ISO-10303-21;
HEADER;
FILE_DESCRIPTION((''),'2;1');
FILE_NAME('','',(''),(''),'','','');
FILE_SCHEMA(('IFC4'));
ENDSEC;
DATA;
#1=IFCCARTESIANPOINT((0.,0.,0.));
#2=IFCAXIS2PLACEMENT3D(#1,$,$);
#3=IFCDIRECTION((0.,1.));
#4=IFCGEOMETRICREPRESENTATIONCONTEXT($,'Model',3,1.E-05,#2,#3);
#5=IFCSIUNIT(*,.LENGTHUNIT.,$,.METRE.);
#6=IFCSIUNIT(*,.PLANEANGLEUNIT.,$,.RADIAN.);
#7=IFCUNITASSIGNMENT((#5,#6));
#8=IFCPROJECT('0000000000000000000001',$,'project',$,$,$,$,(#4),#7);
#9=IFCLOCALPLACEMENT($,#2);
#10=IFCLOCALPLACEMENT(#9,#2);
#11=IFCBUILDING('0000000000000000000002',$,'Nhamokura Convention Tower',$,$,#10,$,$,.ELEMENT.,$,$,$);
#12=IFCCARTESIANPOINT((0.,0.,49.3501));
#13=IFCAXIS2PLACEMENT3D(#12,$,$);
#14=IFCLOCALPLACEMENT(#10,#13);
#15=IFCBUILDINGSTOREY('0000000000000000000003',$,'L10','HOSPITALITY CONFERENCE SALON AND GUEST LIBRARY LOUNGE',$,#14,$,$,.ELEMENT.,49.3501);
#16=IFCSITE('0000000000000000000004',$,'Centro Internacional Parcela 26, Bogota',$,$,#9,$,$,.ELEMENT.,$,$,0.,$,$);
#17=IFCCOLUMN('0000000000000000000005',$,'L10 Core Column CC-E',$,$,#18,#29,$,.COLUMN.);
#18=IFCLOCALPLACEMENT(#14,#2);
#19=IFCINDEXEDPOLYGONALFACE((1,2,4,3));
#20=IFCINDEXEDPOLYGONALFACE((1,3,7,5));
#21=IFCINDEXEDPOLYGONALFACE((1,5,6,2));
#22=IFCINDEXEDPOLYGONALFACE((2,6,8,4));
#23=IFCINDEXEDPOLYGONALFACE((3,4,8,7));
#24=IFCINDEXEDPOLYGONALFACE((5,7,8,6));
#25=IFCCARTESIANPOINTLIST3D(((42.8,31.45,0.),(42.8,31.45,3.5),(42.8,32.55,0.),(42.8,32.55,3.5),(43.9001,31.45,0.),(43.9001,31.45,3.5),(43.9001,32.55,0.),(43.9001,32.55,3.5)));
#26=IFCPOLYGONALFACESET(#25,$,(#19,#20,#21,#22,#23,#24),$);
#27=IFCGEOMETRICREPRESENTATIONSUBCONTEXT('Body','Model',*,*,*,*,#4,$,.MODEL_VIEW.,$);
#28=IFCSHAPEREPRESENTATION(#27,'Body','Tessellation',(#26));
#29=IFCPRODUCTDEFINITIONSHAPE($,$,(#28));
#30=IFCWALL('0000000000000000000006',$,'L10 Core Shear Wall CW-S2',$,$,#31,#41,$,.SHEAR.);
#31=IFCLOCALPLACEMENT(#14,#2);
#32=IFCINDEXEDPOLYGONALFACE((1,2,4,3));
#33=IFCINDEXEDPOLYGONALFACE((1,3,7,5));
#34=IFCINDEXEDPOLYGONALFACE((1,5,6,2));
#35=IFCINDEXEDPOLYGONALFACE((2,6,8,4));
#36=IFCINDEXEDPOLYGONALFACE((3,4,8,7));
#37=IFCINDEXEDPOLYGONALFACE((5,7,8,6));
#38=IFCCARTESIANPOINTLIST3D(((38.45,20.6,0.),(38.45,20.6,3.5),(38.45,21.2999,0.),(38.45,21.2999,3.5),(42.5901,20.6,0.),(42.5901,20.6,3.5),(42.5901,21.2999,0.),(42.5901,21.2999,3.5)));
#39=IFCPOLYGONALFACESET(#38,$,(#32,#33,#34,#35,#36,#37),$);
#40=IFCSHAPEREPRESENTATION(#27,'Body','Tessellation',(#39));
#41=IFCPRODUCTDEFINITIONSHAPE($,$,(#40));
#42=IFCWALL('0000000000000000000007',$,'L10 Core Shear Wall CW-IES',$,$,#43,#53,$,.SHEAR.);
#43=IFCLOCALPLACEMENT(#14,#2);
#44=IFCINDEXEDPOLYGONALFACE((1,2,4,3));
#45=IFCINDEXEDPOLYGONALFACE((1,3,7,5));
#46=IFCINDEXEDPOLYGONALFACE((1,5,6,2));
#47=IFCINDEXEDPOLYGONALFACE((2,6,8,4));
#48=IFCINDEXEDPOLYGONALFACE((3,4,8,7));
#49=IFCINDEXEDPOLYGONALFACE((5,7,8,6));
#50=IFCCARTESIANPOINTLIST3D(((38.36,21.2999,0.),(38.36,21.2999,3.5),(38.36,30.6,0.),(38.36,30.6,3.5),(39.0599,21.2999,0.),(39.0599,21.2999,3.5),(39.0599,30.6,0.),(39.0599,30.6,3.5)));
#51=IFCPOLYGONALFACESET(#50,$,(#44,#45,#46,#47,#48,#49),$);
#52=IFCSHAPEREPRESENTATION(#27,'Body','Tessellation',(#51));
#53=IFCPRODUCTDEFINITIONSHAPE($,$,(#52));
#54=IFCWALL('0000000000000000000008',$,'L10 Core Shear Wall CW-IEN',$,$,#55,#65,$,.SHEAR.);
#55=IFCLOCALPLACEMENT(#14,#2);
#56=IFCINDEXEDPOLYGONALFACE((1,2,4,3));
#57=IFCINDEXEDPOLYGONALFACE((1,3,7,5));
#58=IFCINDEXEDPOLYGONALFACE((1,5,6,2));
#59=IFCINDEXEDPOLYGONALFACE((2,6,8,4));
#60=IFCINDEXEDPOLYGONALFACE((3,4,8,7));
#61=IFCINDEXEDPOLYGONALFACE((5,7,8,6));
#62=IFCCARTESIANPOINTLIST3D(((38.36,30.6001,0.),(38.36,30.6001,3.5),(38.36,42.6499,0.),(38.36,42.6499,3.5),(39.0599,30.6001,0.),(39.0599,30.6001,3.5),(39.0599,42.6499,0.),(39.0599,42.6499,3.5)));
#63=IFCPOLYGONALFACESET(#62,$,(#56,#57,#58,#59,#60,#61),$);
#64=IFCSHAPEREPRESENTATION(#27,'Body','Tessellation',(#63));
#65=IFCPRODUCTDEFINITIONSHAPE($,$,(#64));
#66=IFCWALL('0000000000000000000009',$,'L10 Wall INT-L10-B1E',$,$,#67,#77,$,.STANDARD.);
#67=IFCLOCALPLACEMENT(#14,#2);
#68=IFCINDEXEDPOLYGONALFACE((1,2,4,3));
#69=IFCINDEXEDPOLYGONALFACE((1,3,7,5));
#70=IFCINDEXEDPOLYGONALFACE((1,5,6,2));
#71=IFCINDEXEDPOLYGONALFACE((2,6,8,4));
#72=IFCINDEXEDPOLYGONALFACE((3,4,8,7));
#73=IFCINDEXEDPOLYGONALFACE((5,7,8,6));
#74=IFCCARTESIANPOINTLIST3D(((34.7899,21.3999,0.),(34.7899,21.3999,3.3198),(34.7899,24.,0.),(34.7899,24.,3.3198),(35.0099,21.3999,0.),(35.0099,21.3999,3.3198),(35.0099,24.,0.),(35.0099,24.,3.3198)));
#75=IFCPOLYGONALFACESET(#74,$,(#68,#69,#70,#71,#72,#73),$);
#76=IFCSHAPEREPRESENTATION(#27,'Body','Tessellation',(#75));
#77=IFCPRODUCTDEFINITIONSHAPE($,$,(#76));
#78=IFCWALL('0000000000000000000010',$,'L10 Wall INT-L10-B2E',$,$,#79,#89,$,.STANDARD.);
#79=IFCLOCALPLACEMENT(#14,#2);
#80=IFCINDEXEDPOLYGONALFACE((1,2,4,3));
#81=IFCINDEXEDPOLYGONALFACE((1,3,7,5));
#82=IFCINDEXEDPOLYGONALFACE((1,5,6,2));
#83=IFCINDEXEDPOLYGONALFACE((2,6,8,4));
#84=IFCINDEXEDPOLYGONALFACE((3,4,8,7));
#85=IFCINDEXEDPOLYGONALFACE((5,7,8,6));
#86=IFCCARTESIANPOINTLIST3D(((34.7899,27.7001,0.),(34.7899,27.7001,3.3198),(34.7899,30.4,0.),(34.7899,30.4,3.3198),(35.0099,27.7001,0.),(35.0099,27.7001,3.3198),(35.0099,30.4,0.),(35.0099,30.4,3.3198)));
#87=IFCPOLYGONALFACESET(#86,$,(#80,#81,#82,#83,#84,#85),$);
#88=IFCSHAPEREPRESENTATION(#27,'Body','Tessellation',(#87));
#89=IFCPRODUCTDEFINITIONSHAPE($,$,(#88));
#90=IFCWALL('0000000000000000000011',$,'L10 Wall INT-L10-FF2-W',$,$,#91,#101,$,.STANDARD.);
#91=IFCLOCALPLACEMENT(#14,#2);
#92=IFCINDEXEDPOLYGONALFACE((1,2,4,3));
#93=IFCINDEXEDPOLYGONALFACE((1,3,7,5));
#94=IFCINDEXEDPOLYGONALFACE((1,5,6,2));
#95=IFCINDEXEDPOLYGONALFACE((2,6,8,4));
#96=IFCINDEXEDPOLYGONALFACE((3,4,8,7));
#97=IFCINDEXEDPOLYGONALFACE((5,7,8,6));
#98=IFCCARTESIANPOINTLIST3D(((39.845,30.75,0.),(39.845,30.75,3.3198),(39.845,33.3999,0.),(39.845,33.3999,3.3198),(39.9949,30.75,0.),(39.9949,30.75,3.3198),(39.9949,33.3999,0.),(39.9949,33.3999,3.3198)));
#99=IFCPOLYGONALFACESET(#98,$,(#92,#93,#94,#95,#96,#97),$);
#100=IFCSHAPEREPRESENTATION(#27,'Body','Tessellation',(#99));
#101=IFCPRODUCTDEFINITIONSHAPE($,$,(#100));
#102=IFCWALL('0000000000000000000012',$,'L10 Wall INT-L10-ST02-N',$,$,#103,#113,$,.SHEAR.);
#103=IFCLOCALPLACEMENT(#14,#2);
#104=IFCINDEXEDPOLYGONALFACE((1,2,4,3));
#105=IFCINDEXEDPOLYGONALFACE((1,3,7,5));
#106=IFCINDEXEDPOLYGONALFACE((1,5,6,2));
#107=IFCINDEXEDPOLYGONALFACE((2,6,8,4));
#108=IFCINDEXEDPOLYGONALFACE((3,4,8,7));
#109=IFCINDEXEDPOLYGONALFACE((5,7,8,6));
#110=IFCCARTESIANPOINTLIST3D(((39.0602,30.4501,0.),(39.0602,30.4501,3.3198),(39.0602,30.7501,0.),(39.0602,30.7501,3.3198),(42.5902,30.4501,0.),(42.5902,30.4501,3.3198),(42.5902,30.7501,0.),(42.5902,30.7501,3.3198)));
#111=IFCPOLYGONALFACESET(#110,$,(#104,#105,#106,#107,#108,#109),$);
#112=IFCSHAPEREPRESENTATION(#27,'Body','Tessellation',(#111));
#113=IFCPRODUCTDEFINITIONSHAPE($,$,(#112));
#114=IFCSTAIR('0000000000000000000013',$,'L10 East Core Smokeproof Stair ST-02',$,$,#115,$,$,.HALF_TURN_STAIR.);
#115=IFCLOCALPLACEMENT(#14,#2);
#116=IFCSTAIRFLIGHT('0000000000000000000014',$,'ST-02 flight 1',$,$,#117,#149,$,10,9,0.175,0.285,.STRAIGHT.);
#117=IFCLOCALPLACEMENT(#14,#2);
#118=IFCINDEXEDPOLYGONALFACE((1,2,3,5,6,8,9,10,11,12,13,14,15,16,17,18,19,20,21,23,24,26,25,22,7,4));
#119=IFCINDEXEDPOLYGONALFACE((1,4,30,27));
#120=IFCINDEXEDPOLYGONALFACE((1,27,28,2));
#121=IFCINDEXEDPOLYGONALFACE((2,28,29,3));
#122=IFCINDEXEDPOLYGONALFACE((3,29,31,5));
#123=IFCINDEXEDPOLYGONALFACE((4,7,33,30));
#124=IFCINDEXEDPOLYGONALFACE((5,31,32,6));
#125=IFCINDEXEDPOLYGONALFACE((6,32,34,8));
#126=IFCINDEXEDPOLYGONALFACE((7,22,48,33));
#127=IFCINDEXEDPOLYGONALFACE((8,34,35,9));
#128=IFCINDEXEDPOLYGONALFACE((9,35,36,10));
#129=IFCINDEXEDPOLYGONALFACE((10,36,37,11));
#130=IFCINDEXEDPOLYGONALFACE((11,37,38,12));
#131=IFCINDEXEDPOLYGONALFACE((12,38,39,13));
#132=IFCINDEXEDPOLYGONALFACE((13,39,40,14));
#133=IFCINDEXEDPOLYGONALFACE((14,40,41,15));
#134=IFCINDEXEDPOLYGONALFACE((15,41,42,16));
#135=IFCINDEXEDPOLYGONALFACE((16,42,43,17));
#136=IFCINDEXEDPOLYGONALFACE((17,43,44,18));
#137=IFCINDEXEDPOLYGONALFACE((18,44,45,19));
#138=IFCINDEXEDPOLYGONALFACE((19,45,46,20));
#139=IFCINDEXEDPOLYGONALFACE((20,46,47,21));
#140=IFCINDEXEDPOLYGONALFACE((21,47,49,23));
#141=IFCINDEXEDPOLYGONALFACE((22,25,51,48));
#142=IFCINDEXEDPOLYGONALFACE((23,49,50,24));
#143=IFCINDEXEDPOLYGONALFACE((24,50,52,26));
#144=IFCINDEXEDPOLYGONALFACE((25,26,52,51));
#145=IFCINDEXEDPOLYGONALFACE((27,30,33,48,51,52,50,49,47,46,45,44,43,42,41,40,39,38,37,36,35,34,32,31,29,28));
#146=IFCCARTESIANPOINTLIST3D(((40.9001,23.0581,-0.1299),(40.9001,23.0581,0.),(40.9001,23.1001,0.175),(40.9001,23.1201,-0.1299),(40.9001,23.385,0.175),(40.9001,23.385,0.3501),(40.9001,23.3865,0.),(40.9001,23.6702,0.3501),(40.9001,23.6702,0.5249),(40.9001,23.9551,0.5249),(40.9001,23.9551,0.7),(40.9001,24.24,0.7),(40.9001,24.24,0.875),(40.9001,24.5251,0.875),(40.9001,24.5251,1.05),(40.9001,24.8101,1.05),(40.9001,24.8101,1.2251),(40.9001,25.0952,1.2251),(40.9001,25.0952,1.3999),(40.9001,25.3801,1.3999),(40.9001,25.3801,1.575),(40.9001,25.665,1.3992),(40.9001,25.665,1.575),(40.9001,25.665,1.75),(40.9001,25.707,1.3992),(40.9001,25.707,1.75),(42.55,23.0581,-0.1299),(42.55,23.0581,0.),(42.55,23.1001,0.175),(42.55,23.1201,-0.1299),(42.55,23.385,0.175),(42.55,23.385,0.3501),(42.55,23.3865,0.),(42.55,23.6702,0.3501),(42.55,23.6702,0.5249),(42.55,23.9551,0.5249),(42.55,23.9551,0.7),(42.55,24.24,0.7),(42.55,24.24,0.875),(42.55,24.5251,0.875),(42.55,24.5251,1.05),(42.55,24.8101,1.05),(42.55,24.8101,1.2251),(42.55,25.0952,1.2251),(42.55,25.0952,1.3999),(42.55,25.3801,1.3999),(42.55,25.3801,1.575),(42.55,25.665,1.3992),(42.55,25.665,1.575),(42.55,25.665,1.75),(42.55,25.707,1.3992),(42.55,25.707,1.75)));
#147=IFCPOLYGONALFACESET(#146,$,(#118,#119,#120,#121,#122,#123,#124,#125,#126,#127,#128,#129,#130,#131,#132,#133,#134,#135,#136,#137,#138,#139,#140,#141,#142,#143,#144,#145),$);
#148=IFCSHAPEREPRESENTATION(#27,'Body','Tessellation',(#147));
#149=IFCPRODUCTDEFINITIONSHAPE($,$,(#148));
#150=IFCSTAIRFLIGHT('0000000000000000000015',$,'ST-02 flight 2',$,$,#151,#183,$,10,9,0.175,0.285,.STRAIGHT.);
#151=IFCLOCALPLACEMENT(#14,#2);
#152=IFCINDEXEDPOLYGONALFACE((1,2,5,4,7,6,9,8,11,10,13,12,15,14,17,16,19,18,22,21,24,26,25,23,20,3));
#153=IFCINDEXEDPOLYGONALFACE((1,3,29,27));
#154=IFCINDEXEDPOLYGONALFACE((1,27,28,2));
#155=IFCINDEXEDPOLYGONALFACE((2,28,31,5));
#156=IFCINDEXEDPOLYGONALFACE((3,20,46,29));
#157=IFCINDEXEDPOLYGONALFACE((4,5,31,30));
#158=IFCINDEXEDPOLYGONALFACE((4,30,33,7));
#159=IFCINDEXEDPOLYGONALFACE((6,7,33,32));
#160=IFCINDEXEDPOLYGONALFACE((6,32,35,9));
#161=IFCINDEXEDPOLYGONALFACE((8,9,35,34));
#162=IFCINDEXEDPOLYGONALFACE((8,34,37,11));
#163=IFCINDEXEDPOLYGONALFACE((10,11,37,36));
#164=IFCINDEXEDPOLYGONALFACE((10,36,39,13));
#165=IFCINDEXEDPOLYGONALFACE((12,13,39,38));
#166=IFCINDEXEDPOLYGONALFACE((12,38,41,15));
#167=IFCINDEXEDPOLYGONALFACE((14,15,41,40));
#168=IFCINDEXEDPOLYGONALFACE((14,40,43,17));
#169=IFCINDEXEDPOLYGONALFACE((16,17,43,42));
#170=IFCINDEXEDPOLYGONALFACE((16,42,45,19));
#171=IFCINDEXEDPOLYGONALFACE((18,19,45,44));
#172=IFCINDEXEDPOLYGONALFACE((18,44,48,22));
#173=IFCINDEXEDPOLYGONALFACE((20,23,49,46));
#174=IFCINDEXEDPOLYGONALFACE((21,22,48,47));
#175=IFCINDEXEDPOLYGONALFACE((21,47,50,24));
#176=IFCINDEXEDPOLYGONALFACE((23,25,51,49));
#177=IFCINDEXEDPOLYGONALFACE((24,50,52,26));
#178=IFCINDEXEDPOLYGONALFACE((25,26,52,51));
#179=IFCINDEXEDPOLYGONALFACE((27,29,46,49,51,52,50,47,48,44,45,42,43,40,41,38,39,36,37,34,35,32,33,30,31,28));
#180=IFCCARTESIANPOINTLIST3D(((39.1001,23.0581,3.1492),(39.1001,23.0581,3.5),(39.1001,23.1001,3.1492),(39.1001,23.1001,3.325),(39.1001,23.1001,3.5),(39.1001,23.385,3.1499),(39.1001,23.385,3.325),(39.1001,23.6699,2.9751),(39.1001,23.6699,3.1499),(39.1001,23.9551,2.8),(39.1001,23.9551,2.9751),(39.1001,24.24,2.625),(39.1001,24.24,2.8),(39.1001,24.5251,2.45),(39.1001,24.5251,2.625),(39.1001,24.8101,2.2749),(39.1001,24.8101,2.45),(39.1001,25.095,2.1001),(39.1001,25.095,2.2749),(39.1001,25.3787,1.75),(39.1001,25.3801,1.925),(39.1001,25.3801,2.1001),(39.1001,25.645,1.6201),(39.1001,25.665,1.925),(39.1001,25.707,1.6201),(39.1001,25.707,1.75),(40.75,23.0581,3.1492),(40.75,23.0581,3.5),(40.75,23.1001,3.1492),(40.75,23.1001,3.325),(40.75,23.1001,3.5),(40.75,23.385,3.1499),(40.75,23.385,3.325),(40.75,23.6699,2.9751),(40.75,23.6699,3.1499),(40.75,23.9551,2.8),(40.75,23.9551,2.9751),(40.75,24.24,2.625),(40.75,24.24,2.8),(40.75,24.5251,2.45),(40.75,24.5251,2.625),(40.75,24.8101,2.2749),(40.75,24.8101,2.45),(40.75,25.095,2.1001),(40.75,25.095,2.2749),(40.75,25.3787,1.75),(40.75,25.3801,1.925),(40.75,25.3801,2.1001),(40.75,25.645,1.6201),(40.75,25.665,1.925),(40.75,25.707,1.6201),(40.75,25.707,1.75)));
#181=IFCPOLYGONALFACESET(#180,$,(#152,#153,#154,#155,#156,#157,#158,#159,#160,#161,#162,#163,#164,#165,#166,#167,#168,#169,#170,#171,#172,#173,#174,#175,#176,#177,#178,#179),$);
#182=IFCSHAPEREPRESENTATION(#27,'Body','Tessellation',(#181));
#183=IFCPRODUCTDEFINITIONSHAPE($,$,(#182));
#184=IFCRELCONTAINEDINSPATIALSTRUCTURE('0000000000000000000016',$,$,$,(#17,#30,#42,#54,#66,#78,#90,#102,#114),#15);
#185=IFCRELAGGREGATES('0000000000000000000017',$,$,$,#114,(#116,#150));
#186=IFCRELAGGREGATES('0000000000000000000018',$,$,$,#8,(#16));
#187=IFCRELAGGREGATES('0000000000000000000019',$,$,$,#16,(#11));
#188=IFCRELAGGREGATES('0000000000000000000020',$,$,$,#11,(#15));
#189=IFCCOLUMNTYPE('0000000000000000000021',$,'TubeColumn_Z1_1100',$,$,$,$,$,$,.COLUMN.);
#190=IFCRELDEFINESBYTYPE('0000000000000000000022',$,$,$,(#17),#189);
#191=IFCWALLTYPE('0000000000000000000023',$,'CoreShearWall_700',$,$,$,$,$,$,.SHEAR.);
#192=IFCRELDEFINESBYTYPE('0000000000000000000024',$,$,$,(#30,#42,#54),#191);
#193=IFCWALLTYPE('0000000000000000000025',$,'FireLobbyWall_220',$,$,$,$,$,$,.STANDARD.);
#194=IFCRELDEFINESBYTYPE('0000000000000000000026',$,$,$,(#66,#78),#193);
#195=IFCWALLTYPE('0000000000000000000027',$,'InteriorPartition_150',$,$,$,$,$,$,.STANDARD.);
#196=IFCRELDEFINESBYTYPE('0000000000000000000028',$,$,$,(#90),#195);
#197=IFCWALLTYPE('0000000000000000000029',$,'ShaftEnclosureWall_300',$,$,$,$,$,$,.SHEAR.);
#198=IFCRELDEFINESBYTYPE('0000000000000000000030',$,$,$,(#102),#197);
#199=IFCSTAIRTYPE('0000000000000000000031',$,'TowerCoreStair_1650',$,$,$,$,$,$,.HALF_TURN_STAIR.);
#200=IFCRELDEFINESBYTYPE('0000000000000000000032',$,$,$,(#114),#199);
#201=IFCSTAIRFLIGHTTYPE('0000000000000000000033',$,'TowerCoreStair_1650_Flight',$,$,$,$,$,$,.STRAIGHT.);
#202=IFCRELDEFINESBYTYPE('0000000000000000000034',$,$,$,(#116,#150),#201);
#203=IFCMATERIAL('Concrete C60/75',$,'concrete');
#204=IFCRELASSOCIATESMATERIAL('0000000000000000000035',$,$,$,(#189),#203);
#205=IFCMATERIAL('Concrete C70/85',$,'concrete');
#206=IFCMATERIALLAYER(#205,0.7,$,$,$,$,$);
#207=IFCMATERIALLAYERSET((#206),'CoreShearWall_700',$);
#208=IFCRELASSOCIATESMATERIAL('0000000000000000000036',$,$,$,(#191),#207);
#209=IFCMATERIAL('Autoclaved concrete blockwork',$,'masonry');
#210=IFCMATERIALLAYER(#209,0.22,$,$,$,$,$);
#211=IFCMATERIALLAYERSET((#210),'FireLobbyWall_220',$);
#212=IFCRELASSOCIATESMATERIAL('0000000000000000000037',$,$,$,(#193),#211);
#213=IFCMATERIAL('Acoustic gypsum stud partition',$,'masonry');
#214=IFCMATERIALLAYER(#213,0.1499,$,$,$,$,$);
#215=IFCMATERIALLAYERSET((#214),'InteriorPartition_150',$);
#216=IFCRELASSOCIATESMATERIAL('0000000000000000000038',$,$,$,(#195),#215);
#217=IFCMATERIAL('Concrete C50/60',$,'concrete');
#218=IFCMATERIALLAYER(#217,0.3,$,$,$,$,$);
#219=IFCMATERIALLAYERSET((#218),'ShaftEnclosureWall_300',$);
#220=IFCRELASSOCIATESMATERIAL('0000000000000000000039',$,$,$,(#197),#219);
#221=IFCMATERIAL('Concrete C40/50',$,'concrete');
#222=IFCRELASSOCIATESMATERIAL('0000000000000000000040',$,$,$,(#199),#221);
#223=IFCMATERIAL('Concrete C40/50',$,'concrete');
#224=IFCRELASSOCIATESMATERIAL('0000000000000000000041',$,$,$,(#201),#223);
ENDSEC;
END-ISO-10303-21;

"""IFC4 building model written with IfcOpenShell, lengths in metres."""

from ifc_helpers import new_model, si_unit, direction, frame, frame_2d, origin, origin_2d, place, context, subcontext, project, spatial, polyline, rectangle, outline, extrude, material, layer, layer_set, material_profile, profile_set, type_object, element, aggregate, save


model = new_model("IFC4")

# Units and contexts
model_context = context("Model", 3, precision=1e-05, world=origin(), true_north=direction((0.0, 1.0)))
body_context = subcontext(model_context, "Body", "Model", "MODEL_VIEW")
ifc_project = project(units=[si_unit("LENGTHUNIT", "METRE"), si_unit("PLANEANGLEUNIT", "RADIAN")], contexts=[model_context])

# Site, building, storey
site_placement = place(None, origin())
site = spatial("IfcSite", under=ifc_project, at=site_placement, Name="Centro Internacional Parcela 26, Bogota", CompositionType="ELEMENT", RefElevation=0.0)
building_placement = place(site_placement, origin())
building = spatial("IfcBuilding", under=site, at=building_placement, Name="Nhamokura Convention Tower", CompositionType="ELEMENT")
storey_placement = place(building_placement, frame((0.0, 0.0, 49.3501)))
storey = spatial("IfcBuildingStorey", under=building, at=storey_placement, Name="L10", Description="HOSPITALITY CONFERENCE SALON AND GUEST LIBRARY LOUNGE", CompositionType="ELEMENT", Elevation=49.3501)

# Column
ifc_material_1 = material(Name="Concrete C60/75", Category="concrete")
ifc_material_profile = material_profile(ifc_material_1, rectangle(XDim=1.1001, YDim=1.1001, at=origin_2d()))
ifc_profile_set = profile_set([ifc_material_profile], Name="Concrete C60/75")
column_type = type_object("IfcColumnType", Name="TubeColumn_Z1_1100", PredefinedType="COLUMN", material=ifc_profile_set)
column_placement = place(storey_placement, frame((43.3501, 32.0, 0.0), z_axis=(0.0, 0.0, 1.0), x_axis=(1.0, 0.0, 0.0)))
element("IfcColumn", 1, at=column_placement, inside=storey, type_object=column_type, Name="L10 Core Column CC-E", PredefinedType="COLUMN", context=body_context, shape_type="SweptSolid", body=[
    extrude(rectangle(XDim=1.1001, YDim=1.1001, at=origin_2d()), origin(), (0.0, 0.0, 1.0), 3.5),
])

# Shared definitions
ifc_material_2 = material(Name="Concrete C70/85", Category="concrete")
ifc_layer_1 = layer(ifc_material_2, 0.7)
ifc_layer_set_1 = layer_set([ifc_layer_1], Name="CoreShearWall_700")
wall_type_1 = type_object("IfcWallType", Name="CoreShearWall_700", PredefinedType="SHEAR", material=ifc_layer_set_1)

# Walls
wall_1_placement = place(storey_placement, frame((38.45, 20.95, 0.0), z_axis=(0.0, 0.0, 1.0), x_axis=(1.0, 0.0, 0.0)))
element("IfcWall", 2, at=wall_1_placement, inside=storey, type_object=wall_type_1, Name="L10 Core Shear Wall CW-S2", PredefinedType="SHEAR", context=body_context, shape_type="SweptSolid", body=[
    extrude(rectangle(XDim=4.1401, YDim=0.7, at=frame_2d((2.0701, 0.0))), origin(), (0.0, 0.0, 1.0), 3.5),
])
wall_2_placement = place(storey_placement, frame((38.71, 21.3, 0.0), z_axis=(0.0, 0.0, 1.0), x_axis=(0.0, 1.0, 0.0)))
element("IfcWall", 3, at=wall_2_placement, inside=storey, type_object=wall_type_1, Name="L10 Core Shear Wall CW-IES", PredefinedType="SHEAR", context=body_context, shape_type="SweptSolid", body=[
    extrude(rectangle(XDim=9.3, YDim=0.7, at=frame_2d((4.6499, 0.0))), origin(), (0.0, 0.0, 1.0), 3.5),
])
wall_3_placement = place(storey_placement, frame((38.71, 30.6001, 0.0), z_axis=(0.0, 0.0, 1.0), x_axis=(0.0, 1.0, 0.0)))
element("IfcWall", 4, at=wall_3_placement, inside=storey, type_object=wall_type_1, Name="L10 Core Shear Wall CW-IEN", PredefinedType="SHEAR", context=body_context, shape_type="SweptSolid", body=[
    extrude(rectangle(XDim=12.0498, YDim=0.7, at=frame_2d((6.0249, 0.0))), origin(), (0.0, 0.0, 1.0), 3.5),
])
ifc_material_3 = material(Name="Autoclaved concrete blockwork", Category="masonry")
ifc_layer_2 = layer(ifc_material_3, 0.22)
ifc_layer_set_2 = layer_set([ifc_layer_2], Name="FireLobbyWall_220")
wall_type_2 = type_object("IfcWallType", Name="FireLobbyWall_220", PredefinedType="STANDARD", material=ifc_layer_set_2)
wall_4_placement = place(storey_placement, frame((34.8999, 21.3999, 0.0), z_axis=(0.0, 0.0, 1.0), x_axis=(0.0, 1.0, 0.0)))
element("IfcWall", 5, at=wall_4_placement, inside=storey, type_object=wall_type_2, Name="L10 Wall INT-L10-B1E", PredefinedType="STANDARD", context=body_context, shape_type="SweptSolid", body=[
    extrude(rectangle(XDim=2.6001, YDim=0.22, at=frame_2d((1.3, 0.0))), origin(), (0.0, 0.0, 1.0), 3.3198),
])
wall_5_placement = place(storey_placement, frame((34.8999, 27.7, 0.0), z_axis=(0.0, 0.0, 1.0), x_axis=(0.0, 1.0, 0.0)))
element("IfcWall", 6, at=wall_5_placement, inside=storey, type_object=wall_type_2, Name="L10 Wall INT-L10-B2E", PredefinedType="STANDARD", context=body_context, shape_type="SweptSolid", body=[
    extrude(rectangle(XDim=2.7, YDim=0.22, at=frame_2d((1.3501, 0.0))), origin(), (0.0, 0.0, 1.0), 3.3198),
])
ifc_material_4 = material(Name="Acoustic gypsum stud partition", Category="masonry")
ifc_layer_3 = layer(ifc_material_4, 0.1499)
ifc_layer_set_3 = layer_set([ifc_layer_3], Name="InteriorPartition_150")
wall_type_3 = type_object("IfcWallType", Name="InteriorPartition_150", PredefinedType="STANDARD", material=ifc_layer_set_3)
wall_6_placement = place(storey_placement, frame((39.9199, 30.75, 0.0), z_axis=(0.0, 0.0, 1.0), x_axis=(0.0, 1.0, 0.0)))
element("IfcWall", 7, at=wall_6_placement, inside=storey, type_object=wall_type_3, Name="L10 Wall INT-L10-FF2-W", PredefinedType="STANDARD", context=body_context, shape_type="SweptSolid", body=[
    extrude(rectangle(XDim=2.6499, YDim=0.1499, at=frame_2d((1.325, 0.0))), origin(), (0.0, 0.0, 1.0), 3.3198),
])
ifc_material_5 = material(Name="Concrete C50/60", Category="concrete")
ifc_layer_4 = layer(ifc_material_5, 0.3)
ifc_layer_set_4 = layer_set([ifc_layer_4], Name="ShaftEnclosureWall_300")
wall_type_4 = type_object("IfcWallType", Name="ShaftEnclosureWall_300", PredefinedType="SHEAR", material=ifc_layer_set_4)
wall_7_placement = place(storey_placement, frame((39.0601, 30.6001, 0.0), z_axis=(0.0, 0.0, 1.0), x_axis=(1.0, 0.0, 0.0)))
element("IfcWall", 8, at=wall_7_placement, inside=storey, type_object=wall_type_4, Name="L10 Wall INT-L10-ST02-N", PredefinedType="SHEAR", context=body_context, shape_type="SweptSolid", body=[
    extrude(rectangle(XDim=3.53, YDim=0.3, at=frame_2d((1.7651, 0.0))), origin(), (0.0, 0.0, 1.0), 3.3198),
])

# Stair, stair flights
ifc_material_6 = material(Name="Concrete C40/50", Category="concrete")
stair_type = type_object("IfcStairType", Name="TowerCoreStair_1650", PredefinedType="HALF_TURN_STAIR", material=ifc_material_6)
stair_placement = place(storey_placement, origin())
stair = element("IfcStair", 9, at=stair_placement, inside=storey, type_object=stair_type, Name="L10 East Core Smokeproof Stair ST-02", PredefinedType="HALF_TURN_STAIR")
ifc_material_7 = material(Name="Concrete C40/50", Category="concrete")
stair_flight_type = type_object("IfcStairFlightType", Name="TowerCoreStair_1650_Flight", PredefinedType="STRAIGHT", material=ifc_material_7)
stair_flight_1_placement = place(storey_placement, frame((41.7251, 23.1001, 0.0), z_axis=(0.0, 0.0, 1.0), x_axis=(0.0, 1.0, 0.0)))
stair_flight_1 = element("IfcStairFlight", 10, at=stair_flight_1_placement, type_object=stair_flight_type, Name="ST-02 flight 1", NumberOfRisers=10, NumberOfTreads=9, PredefinedType="STRAIGHT", RiserHeight=0.175, TreadLength=0.285, context=body_context, shape_type="SweptSolid", body=[
    extrude(outline(polyline([(-0.042, 0.0), (0.0, 0.175), (0.2849, 0.175), (0.2849, 0.3501), (0.5701, 0.3501), (0.5701, 0.5249), (0.855, 0.5249), (0.855, 0.7), (1.1399, 0.7), (1.1399, 0.875), (1.425, 0.875), (1.425, 1.05), (1.71, 1.05), (1.71, 1.2251), (1.9951, 1.2251), (1.9951, 1.3999), (2.28, 1.3999), (2.28, 1.575), (2.5649, 1.575), (2.5649, 1.75), (2.6069, 1.75), (2.6069, 1.3992), (2.5649, 1.3992), (0.2864, 0.0), (0.02, -0.1299), (-0.042, -0.1299), (-0.042, 0.0)])), frame((0.0, 0.825, 0.0), z_axis=(0.0, -1.0, 0.0), x_axis=(1.0, 0.0, 0.0)), (0.0, 0.0, 1.0), 1.6499),
])
stair_flight_2_placement = place(storey_placement, frame((39.925, 25.665, 1.75), z_axis=(0.0, 0.0, 1.0), x_axis=(0.0, -1.0, 0.0)))
stair_flight_2 = element("IfcStairFlight", 11, at=stair_flight_2_placement, type_object=stair_flight_type, Name="ST-02 flight 2", NumberOfRisers=10, NumberOfTreads=9, PredefinedType="STRAIGHT", RiserHeight=0.175, TreadLength=0.285, context=body_context, shape_type="SweptSolid", body=[
    extrude(outline(polyline([(-0.042, 0.0), (0.0, 0.175), (0.2849, 0.175), (0.2849, 0.3501), (0.5701, 0.3501), (0.5701, 0.5249), (0.855, 0.5249), (0.855, 0.7), (1.1399, 0.7), (1.1399, 0.875), (1.425, 0.875), (1.425, 1.05), (1.71, 1.05), (1.71, 1.2251), (1.9951, 1.2251), (1.9951, 1.3999), (2.28, 1.3999), (2.28, 1.575), (2.5649, 1.575), (2.5649, 1.75), (2.6069, 1.75), (2.6069, 1.3992), (2.5649, 1.3992), (0.2864, 0.0), (0.02, -0.1299), (-0.042, -0.1299), (-0.042, 0.0)])), frame((0.0, 0.825, 0.0), z_axis=(0.0, -1.0, 0.0), x_axis=(1.0, 0.0, 0.0)), (0.0, 0.0, 1.0), 1.6499),
])
aggregate(stair, [stair_flight_1, stair_flight_2])

save(model, "model.ifc")
